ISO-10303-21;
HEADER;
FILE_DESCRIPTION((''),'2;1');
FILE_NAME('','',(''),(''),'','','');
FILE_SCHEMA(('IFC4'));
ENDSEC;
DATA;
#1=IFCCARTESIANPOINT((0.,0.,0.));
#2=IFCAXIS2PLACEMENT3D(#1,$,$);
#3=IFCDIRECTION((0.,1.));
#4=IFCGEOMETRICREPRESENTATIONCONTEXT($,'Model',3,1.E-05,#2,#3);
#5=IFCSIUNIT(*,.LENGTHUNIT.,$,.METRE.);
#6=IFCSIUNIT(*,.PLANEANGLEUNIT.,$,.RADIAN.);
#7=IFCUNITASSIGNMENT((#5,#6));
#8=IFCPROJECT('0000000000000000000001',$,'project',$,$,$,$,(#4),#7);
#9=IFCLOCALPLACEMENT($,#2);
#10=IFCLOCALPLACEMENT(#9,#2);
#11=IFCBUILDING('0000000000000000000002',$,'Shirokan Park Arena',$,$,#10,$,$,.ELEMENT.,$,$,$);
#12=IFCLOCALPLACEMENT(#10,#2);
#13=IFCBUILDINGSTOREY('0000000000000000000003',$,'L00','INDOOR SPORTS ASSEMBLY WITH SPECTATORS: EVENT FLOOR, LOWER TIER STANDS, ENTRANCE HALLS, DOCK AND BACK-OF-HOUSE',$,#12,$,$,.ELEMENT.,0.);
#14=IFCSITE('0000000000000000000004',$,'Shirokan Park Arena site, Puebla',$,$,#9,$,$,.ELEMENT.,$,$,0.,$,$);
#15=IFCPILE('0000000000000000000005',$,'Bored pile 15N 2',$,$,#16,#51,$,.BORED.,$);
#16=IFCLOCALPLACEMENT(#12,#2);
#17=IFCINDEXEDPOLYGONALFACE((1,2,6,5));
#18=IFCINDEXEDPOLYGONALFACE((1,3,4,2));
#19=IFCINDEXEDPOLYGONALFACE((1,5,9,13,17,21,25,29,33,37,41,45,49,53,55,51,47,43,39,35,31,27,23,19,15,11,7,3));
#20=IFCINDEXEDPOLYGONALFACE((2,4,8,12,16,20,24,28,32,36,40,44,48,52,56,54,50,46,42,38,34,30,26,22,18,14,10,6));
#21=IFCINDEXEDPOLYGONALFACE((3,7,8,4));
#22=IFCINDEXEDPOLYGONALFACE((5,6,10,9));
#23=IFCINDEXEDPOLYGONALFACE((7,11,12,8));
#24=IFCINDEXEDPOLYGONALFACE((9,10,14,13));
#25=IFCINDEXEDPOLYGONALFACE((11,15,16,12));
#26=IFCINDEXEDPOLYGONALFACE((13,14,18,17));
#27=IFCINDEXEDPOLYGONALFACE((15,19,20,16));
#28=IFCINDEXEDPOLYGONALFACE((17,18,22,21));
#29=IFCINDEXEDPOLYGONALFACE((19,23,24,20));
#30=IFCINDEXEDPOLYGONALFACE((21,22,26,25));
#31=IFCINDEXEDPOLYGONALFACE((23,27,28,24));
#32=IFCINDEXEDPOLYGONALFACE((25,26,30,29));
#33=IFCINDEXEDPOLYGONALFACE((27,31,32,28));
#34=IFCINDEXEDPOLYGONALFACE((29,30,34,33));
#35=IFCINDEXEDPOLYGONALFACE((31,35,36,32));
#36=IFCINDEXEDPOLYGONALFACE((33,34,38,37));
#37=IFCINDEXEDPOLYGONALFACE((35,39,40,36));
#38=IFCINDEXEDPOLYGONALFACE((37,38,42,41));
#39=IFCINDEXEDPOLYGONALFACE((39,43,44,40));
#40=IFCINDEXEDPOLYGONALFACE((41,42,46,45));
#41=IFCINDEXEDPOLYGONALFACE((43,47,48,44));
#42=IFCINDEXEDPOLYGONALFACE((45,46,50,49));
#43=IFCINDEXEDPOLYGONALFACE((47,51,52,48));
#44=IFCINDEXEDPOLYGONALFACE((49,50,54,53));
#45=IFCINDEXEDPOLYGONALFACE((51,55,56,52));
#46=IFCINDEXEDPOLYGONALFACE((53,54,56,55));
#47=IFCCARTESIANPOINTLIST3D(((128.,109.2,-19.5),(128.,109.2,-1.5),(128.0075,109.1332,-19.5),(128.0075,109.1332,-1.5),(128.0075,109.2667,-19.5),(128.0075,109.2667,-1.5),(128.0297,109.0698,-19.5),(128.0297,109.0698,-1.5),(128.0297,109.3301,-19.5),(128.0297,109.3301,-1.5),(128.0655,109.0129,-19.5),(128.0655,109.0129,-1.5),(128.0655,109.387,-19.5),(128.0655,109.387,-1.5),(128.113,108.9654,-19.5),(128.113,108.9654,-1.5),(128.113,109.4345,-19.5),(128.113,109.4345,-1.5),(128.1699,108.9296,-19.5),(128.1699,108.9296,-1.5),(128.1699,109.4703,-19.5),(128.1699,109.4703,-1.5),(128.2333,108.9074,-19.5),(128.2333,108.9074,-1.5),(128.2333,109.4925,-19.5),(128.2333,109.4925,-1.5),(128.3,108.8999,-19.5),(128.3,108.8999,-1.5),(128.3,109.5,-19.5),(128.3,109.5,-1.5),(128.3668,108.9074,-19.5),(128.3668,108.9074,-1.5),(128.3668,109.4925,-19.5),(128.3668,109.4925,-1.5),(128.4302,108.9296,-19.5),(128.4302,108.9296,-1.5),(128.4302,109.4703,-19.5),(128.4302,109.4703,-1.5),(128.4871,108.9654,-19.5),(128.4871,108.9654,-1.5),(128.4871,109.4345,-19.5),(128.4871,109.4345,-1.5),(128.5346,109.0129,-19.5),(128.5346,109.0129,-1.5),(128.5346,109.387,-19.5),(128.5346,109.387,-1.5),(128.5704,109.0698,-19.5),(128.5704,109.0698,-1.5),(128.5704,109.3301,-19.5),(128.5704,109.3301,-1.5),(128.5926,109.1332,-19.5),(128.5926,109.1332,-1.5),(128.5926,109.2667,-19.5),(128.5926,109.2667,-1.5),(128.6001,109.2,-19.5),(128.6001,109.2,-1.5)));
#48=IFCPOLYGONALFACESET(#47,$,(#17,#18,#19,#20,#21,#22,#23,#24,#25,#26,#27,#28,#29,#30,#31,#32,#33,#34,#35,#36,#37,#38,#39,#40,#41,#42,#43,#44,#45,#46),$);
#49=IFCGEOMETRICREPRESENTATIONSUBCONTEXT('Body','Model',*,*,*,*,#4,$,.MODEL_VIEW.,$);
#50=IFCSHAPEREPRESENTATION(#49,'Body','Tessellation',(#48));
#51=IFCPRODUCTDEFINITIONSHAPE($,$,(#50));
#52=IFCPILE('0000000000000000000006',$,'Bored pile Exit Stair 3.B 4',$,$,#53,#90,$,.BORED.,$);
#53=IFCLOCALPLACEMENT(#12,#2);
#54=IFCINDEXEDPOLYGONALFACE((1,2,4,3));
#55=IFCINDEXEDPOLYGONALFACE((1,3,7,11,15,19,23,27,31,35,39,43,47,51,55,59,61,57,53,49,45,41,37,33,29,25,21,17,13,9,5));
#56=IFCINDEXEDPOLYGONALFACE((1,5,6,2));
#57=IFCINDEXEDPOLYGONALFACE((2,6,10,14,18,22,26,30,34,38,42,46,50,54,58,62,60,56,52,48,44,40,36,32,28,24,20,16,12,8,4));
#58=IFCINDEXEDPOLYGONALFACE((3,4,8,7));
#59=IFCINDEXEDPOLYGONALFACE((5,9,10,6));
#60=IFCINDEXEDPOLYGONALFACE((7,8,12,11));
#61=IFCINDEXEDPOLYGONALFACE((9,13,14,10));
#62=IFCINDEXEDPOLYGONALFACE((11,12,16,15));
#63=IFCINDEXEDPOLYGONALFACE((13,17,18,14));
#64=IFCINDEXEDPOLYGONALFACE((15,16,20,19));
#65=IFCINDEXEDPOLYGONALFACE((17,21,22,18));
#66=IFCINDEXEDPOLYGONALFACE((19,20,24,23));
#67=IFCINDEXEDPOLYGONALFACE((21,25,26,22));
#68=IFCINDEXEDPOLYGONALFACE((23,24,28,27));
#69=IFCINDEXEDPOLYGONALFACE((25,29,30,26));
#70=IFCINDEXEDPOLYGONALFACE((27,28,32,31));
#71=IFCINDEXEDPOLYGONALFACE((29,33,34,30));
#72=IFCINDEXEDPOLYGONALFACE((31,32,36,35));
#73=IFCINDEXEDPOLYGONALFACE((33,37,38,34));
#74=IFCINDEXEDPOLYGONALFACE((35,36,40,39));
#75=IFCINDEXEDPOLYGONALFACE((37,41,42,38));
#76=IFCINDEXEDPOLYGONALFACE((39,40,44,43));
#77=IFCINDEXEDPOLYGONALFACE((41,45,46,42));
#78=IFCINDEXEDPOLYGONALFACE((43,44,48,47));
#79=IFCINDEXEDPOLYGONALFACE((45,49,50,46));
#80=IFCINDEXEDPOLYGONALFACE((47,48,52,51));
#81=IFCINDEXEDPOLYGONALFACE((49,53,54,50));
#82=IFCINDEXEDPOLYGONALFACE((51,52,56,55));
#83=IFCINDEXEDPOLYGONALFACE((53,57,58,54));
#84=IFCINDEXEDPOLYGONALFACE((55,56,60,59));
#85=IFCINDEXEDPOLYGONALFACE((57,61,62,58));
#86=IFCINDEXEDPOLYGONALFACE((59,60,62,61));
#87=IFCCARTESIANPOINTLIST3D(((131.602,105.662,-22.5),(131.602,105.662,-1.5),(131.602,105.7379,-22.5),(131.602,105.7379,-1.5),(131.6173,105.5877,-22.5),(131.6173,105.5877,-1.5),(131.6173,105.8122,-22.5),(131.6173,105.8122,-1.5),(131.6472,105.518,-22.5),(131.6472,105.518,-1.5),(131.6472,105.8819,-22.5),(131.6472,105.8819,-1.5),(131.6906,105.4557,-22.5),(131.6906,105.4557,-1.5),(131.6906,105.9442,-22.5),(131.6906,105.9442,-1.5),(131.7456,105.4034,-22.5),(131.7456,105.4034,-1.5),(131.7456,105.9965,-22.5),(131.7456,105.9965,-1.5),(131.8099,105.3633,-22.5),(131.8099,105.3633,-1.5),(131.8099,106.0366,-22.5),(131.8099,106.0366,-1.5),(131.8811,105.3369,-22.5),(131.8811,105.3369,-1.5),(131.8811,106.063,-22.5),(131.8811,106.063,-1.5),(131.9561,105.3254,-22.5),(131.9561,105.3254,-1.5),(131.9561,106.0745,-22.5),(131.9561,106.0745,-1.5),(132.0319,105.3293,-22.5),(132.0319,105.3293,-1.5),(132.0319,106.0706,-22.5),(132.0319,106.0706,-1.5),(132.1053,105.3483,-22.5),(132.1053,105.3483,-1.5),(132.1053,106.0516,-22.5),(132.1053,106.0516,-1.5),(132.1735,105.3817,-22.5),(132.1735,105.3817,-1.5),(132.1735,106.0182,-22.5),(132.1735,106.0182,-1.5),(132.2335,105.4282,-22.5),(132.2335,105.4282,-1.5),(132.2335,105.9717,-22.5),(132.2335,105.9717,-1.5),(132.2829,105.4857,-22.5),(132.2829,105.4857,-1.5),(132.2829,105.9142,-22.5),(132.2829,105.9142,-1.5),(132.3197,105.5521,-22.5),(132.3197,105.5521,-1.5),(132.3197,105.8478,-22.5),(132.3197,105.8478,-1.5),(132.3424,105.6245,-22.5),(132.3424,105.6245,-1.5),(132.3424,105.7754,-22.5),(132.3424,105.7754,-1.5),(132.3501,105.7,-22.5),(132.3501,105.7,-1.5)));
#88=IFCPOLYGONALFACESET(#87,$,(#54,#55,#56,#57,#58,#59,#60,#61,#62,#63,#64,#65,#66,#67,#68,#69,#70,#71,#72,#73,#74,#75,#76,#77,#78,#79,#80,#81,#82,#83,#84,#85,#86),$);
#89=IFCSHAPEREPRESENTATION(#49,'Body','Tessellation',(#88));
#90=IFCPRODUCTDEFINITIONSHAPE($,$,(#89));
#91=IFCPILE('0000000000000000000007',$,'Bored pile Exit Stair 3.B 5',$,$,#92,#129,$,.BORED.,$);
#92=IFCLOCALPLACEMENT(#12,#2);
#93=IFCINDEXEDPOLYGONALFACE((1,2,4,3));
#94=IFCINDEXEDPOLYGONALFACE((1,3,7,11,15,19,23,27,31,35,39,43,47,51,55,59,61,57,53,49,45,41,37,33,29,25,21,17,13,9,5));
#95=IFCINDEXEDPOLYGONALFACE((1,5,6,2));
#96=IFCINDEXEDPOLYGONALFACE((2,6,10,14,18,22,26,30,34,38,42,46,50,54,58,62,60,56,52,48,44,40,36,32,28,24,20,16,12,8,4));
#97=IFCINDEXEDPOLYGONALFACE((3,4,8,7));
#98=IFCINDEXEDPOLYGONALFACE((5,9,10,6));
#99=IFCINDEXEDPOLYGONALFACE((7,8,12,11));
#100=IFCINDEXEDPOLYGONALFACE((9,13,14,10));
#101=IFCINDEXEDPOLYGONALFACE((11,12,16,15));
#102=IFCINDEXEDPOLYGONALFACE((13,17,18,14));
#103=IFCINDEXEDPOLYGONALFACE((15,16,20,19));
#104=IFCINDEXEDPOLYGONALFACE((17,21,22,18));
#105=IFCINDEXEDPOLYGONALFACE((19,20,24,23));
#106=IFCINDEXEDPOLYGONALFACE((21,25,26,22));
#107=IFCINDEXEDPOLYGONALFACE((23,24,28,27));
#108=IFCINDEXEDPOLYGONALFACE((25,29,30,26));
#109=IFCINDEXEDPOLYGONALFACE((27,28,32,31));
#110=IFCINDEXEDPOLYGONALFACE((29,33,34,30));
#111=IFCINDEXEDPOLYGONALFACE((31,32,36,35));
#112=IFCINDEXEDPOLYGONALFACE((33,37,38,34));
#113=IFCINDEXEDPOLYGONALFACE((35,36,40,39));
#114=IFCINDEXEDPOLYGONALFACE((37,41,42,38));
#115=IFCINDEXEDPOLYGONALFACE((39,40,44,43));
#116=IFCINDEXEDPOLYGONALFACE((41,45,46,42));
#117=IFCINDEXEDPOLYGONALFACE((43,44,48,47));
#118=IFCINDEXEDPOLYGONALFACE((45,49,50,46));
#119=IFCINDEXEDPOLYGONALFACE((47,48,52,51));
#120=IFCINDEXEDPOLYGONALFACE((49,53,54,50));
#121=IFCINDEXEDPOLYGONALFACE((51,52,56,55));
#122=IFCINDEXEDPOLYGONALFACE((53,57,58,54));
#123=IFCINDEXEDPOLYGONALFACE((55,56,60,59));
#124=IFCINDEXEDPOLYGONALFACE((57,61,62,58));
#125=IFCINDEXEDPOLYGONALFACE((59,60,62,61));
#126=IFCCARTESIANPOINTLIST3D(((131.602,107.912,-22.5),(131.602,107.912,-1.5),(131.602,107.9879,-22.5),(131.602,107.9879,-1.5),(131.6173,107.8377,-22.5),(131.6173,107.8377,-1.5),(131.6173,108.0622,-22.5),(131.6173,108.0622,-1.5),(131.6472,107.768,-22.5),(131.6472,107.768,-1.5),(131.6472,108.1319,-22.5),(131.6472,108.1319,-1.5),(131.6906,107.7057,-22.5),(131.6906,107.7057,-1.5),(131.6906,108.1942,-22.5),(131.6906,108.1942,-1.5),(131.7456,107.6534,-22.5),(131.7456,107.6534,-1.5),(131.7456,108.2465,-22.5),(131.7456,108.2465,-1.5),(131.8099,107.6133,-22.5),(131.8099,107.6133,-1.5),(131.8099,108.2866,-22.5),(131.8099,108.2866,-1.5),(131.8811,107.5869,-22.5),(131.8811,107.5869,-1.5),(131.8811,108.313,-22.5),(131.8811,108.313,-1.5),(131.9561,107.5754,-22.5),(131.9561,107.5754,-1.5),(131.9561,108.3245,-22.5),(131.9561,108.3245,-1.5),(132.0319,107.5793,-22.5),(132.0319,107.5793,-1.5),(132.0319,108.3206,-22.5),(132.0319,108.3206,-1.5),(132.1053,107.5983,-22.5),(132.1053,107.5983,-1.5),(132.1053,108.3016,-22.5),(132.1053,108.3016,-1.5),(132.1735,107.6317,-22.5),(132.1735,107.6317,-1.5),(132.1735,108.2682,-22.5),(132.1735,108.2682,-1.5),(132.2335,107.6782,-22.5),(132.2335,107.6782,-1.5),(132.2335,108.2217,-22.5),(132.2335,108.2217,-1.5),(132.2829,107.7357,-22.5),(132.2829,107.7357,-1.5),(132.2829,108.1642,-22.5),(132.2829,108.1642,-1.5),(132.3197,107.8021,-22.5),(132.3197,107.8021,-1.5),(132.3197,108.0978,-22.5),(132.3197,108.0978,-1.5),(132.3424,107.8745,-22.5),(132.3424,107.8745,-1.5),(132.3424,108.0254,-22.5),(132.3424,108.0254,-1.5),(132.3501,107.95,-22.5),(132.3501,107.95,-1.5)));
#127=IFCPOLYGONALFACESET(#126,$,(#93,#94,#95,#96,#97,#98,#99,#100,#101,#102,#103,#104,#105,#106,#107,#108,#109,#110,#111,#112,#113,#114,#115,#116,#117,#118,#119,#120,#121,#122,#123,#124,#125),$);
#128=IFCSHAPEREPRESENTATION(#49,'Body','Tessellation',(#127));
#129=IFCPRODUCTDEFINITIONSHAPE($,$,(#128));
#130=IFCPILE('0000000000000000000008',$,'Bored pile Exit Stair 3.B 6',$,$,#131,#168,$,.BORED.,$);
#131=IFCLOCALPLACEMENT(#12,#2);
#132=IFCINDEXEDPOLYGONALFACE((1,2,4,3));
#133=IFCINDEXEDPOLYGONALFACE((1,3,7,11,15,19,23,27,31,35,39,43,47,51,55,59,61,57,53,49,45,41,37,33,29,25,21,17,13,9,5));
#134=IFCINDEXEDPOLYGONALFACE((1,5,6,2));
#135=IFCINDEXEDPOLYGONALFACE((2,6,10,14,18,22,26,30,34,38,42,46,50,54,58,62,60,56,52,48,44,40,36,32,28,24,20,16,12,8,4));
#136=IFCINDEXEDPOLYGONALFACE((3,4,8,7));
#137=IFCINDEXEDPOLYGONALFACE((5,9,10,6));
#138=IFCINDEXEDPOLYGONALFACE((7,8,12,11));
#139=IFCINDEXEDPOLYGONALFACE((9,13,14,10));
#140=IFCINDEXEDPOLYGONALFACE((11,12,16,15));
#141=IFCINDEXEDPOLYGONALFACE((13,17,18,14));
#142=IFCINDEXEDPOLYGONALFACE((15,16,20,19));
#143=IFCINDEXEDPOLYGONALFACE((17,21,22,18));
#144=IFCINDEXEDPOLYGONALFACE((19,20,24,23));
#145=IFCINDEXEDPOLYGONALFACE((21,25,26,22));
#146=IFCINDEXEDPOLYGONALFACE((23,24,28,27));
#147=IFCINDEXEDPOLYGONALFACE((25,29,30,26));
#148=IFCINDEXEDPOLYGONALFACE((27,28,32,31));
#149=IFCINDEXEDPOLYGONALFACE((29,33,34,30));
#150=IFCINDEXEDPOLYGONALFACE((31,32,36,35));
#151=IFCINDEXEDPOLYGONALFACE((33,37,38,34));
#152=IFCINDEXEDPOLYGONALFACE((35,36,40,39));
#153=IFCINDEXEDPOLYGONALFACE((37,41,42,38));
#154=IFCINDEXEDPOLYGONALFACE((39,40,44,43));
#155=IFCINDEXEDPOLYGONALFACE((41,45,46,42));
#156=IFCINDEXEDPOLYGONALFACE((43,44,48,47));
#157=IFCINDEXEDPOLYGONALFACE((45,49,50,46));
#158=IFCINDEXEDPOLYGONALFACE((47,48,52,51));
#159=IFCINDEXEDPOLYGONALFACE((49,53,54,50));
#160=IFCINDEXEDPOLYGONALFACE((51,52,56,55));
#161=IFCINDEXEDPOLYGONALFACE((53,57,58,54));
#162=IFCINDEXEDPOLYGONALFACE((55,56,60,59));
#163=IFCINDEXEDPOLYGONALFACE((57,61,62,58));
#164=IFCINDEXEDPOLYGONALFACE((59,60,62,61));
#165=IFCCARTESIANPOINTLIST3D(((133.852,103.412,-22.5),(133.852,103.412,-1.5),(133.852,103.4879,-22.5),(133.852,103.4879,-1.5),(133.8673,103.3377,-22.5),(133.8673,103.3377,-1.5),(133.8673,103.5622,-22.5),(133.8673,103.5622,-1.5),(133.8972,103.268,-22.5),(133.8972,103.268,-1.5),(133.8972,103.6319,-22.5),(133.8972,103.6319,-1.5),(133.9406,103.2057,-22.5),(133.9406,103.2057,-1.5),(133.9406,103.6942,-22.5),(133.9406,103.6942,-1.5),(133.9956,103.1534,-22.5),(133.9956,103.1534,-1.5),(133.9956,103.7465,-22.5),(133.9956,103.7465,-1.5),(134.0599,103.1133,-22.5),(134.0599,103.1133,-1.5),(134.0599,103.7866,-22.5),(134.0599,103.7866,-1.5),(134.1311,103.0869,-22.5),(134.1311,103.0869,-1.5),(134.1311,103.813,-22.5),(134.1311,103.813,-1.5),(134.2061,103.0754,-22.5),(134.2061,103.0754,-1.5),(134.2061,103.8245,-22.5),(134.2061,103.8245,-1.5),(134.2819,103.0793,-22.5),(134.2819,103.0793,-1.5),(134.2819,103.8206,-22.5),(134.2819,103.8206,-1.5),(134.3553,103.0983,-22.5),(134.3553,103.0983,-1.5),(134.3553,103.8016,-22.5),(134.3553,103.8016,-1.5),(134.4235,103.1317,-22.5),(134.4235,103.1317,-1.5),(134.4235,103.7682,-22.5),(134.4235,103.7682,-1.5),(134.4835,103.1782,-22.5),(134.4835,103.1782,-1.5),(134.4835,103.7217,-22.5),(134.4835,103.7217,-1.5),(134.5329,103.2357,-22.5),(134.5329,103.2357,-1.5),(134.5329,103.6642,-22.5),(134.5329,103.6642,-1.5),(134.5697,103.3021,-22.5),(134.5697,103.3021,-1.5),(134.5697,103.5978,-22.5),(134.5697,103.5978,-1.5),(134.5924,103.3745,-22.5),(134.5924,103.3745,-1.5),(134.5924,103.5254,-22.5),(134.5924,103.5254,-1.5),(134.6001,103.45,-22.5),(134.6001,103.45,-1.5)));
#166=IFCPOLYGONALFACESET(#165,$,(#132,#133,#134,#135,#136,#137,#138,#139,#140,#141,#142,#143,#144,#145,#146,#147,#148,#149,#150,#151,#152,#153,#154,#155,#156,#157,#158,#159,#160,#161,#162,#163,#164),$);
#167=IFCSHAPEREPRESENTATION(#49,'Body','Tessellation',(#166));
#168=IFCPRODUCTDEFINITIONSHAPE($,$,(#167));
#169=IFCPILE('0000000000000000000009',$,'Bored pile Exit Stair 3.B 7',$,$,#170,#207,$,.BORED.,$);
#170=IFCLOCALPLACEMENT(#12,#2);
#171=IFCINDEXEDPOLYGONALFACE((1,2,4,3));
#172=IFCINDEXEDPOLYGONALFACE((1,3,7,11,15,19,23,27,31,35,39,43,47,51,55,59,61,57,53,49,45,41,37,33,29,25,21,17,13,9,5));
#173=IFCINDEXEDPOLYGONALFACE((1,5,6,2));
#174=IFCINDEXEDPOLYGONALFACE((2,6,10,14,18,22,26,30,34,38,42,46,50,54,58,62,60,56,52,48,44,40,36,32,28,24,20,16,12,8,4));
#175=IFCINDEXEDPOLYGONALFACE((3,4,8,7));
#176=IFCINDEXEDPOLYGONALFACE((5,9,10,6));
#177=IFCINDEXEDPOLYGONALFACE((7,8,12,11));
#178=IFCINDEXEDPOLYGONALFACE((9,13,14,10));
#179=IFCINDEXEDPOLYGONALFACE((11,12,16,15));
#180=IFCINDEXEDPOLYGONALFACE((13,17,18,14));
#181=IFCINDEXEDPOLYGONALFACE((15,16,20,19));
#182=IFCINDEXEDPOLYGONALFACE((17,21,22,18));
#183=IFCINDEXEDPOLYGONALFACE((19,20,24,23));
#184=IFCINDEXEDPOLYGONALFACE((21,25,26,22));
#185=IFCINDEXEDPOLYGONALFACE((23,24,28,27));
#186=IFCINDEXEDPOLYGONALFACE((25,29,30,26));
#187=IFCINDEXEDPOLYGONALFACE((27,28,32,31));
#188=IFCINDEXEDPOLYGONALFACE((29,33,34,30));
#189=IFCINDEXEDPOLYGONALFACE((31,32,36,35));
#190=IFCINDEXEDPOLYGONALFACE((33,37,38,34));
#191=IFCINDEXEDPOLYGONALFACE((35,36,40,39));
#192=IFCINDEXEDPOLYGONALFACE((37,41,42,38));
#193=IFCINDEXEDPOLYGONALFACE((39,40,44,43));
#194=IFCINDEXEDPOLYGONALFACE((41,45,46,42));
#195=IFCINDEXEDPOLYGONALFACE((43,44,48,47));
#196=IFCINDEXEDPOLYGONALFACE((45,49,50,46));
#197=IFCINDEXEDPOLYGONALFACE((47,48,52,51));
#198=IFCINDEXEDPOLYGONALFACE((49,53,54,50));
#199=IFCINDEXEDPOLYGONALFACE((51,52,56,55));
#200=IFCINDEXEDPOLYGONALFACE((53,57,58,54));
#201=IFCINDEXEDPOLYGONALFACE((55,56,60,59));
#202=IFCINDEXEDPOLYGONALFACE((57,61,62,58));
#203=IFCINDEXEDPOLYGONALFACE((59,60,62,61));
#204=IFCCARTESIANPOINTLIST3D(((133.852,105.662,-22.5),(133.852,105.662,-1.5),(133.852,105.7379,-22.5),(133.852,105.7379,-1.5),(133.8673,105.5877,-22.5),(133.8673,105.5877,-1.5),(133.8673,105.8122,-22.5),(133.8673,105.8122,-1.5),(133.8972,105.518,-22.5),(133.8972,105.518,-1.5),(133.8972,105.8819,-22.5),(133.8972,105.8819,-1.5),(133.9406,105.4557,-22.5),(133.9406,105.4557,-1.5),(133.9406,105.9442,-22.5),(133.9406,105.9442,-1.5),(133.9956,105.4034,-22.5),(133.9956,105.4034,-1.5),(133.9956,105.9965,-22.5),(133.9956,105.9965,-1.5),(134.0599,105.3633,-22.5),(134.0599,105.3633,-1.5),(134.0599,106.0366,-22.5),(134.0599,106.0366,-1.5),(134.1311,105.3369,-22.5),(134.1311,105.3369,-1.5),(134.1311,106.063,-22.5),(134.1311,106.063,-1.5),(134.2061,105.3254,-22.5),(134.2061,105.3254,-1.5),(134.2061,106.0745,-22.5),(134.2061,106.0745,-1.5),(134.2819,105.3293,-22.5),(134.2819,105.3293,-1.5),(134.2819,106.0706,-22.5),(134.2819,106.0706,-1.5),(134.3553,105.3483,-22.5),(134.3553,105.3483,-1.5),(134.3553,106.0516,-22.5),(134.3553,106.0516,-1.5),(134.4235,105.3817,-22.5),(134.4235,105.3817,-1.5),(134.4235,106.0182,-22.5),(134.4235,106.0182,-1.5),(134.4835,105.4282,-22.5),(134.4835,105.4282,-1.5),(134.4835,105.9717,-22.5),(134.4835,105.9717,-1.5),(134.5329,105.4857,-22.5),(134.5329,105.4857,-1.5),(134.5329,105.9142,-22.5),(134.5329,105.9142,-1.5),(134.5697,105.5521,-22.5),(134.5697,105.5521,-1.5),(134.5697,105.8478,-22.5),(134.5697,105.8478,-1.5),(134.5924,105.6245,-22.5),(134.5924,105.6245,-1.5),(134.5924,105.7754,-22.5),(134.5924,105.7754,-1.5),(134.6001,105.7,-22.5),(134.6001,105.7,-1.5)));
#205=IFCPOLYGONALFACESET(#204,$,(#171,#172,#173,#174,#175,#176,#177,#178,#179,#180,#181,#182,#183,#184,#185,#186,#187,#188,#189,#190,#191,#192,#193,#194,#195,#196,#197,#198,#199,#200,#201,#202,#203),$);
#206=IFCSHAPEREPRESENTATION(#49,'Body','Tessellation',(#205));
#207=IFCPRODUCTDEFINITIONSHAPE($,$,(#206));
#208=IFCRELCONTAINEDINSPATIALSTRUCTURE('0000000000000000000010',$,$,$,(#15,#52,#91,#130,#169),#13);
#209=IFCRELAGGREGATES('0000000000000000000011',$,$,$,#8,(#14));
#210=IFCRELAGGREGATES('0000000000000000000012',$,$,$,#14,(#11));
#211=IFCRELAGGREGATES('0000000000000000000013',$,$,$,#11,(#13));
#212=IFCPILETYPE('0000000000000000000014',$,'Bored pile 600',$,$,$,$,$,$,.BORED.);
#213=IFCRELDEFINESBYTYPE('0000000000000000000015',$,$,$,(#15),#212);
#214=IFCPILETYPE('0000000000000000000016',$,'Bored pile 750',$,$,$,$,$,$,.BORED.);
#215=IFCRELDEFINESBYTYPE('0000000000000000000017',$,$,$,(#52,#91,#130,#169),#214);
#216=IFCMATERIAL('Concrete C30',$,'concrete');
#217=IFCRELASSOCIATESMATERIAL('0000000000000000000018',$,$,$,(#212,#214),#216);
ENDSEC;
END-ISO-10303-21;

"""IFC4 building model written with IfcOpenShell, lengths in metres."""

from ifc_helpers import new_model, si_unit, direction, frame, origin, origin_2d, place, context, subcontext, project, spatial, circle, extrude, material, material_profile, profile_set, type_object, element, save


model = new_model("IFC4")

# Units and contexts
model_context = context("Model", 3, precision=1e-05, world=origin(), true_north=direction((0.0, 1.0)))
body_context = subcontext(model_context, "Body", "Model", "MODEL_VIEW")
ifc_project = project(units=[si_unit("LENGTHUNIT", "METRE"), si_unit("PLANEANGLEUNIT", "RADIAN")], contexts=[model_context])

# Site, building, storey
site_placement = place(None, origin())
site = spatial("IfcSite", under=ifc_project, at=site_placement, Name="Shirokan Park Arena site, Puebla", CompositionType="ELEMENT", RefElevation=0.0)
building_placement = place(site_placement, origin())
building = spatial("IfcBuilding", under=site, at=building_placement, Name="Shirokan Park Arena", CompositionType="ELEMENT")
storey_placement = place(building_placement, origin())
storey = spatial("IfcBuildingStorey", under=building, at=storey_placement, Name="L00", Description="INDOOR SPORTS ASSEMBLY WITH SPECTATORS: EVENT FLOOR, LOWER TIER STANDS, ENTRANCE HALLS, DOCK AND BACK-OF-HOUSE", CompositionType="ELEMENT", Elevation=0.0)

# Piles
ifc_material_1 = material(Name="Concrete C30", Category="concrete")
ifc_material_profile_1 = material_profile(ifc_material_1, circle(Radius=0.3, at=origin_2d()), Name="D600")
ifc_profile_set_1 = profile_set([ifc_material_profile_1], Name="Concrete C30")
pile_type_1 = type_object("IfcPileType", Name="Bored pile 600", PredefinedType="BORED", material=ifc_profile_set_1)
pile_placement = place(storey_placement, frame((128.3, 109.2, -1.5), z_axis=(0.0, 0.0, -1.0), x_axis=(1.0, 0.0, 0.0)))
element("IfcPile", 1, at=pile_placement, inside=storey, type_object=pile_type_1, Name="Bored pile 15N 2", PredefinedType="BORED", context=body_context, shape_type="SweptSolid", body=[
    extrude(circle(Radius=0.3, at=origin_2d()), origin(), (0.0, 0.0, 1.0), 18.0),
])
ifc_material_profile_2 = material_profile(ifc_material_1, circle(Radius=0.375, at=origin_2d()), Name="D750")
ifc_profile_set_2 = profile_set([ifc_material_profile_2], Name="Concrete C30")
pile_type_2 = type_object("IfcPileType", Name="Bored pile 750", PredefinedType="BORED", material=ifc_profile_set_2)
for number, where, z_axis, x_axis, name in (
    (2, (131.9751, 105.7, -1.5), (0.0, 0.0, -1.0), (1.0, 0.0, 0.0), "Bored pile Exit Stair 3.B 4"),
    (3, (131.9751, 107.95, -1.5), (0.0, 0.0, -1.0), (1.0, 0.0, 0.0), "Bored pile Exit Stair 3.B 5"),
    (4, (134.2251, 103.45, -1.5), (0.0, 0.0, -1.0), (1.0, 0.0, 0.0), "Bored pile Exit Stair 3.B 6"),
    (5, (134.2251, 105.7, -1.5), (0.0, 0.0, -1.0), (1.0, 0.0, 0.0), "Bored pile Exit Stair 3.B 7"),
):
    element("IfcPile", number, at=place(storey_placement, frame(where, z_axis=z_axis, x_axis=x_axis)), inside=storey, type_object=pile_type_2, Name=name, PredefinedType="BORED", context=body_context, shape_type="SweptSolid", body=[
        extrude(circle(Radius=0.375, at=origin_2d()), origin(), (0.0, 0.0, 1.0), 21.0),
    ])

save(model, "model.ifc")
